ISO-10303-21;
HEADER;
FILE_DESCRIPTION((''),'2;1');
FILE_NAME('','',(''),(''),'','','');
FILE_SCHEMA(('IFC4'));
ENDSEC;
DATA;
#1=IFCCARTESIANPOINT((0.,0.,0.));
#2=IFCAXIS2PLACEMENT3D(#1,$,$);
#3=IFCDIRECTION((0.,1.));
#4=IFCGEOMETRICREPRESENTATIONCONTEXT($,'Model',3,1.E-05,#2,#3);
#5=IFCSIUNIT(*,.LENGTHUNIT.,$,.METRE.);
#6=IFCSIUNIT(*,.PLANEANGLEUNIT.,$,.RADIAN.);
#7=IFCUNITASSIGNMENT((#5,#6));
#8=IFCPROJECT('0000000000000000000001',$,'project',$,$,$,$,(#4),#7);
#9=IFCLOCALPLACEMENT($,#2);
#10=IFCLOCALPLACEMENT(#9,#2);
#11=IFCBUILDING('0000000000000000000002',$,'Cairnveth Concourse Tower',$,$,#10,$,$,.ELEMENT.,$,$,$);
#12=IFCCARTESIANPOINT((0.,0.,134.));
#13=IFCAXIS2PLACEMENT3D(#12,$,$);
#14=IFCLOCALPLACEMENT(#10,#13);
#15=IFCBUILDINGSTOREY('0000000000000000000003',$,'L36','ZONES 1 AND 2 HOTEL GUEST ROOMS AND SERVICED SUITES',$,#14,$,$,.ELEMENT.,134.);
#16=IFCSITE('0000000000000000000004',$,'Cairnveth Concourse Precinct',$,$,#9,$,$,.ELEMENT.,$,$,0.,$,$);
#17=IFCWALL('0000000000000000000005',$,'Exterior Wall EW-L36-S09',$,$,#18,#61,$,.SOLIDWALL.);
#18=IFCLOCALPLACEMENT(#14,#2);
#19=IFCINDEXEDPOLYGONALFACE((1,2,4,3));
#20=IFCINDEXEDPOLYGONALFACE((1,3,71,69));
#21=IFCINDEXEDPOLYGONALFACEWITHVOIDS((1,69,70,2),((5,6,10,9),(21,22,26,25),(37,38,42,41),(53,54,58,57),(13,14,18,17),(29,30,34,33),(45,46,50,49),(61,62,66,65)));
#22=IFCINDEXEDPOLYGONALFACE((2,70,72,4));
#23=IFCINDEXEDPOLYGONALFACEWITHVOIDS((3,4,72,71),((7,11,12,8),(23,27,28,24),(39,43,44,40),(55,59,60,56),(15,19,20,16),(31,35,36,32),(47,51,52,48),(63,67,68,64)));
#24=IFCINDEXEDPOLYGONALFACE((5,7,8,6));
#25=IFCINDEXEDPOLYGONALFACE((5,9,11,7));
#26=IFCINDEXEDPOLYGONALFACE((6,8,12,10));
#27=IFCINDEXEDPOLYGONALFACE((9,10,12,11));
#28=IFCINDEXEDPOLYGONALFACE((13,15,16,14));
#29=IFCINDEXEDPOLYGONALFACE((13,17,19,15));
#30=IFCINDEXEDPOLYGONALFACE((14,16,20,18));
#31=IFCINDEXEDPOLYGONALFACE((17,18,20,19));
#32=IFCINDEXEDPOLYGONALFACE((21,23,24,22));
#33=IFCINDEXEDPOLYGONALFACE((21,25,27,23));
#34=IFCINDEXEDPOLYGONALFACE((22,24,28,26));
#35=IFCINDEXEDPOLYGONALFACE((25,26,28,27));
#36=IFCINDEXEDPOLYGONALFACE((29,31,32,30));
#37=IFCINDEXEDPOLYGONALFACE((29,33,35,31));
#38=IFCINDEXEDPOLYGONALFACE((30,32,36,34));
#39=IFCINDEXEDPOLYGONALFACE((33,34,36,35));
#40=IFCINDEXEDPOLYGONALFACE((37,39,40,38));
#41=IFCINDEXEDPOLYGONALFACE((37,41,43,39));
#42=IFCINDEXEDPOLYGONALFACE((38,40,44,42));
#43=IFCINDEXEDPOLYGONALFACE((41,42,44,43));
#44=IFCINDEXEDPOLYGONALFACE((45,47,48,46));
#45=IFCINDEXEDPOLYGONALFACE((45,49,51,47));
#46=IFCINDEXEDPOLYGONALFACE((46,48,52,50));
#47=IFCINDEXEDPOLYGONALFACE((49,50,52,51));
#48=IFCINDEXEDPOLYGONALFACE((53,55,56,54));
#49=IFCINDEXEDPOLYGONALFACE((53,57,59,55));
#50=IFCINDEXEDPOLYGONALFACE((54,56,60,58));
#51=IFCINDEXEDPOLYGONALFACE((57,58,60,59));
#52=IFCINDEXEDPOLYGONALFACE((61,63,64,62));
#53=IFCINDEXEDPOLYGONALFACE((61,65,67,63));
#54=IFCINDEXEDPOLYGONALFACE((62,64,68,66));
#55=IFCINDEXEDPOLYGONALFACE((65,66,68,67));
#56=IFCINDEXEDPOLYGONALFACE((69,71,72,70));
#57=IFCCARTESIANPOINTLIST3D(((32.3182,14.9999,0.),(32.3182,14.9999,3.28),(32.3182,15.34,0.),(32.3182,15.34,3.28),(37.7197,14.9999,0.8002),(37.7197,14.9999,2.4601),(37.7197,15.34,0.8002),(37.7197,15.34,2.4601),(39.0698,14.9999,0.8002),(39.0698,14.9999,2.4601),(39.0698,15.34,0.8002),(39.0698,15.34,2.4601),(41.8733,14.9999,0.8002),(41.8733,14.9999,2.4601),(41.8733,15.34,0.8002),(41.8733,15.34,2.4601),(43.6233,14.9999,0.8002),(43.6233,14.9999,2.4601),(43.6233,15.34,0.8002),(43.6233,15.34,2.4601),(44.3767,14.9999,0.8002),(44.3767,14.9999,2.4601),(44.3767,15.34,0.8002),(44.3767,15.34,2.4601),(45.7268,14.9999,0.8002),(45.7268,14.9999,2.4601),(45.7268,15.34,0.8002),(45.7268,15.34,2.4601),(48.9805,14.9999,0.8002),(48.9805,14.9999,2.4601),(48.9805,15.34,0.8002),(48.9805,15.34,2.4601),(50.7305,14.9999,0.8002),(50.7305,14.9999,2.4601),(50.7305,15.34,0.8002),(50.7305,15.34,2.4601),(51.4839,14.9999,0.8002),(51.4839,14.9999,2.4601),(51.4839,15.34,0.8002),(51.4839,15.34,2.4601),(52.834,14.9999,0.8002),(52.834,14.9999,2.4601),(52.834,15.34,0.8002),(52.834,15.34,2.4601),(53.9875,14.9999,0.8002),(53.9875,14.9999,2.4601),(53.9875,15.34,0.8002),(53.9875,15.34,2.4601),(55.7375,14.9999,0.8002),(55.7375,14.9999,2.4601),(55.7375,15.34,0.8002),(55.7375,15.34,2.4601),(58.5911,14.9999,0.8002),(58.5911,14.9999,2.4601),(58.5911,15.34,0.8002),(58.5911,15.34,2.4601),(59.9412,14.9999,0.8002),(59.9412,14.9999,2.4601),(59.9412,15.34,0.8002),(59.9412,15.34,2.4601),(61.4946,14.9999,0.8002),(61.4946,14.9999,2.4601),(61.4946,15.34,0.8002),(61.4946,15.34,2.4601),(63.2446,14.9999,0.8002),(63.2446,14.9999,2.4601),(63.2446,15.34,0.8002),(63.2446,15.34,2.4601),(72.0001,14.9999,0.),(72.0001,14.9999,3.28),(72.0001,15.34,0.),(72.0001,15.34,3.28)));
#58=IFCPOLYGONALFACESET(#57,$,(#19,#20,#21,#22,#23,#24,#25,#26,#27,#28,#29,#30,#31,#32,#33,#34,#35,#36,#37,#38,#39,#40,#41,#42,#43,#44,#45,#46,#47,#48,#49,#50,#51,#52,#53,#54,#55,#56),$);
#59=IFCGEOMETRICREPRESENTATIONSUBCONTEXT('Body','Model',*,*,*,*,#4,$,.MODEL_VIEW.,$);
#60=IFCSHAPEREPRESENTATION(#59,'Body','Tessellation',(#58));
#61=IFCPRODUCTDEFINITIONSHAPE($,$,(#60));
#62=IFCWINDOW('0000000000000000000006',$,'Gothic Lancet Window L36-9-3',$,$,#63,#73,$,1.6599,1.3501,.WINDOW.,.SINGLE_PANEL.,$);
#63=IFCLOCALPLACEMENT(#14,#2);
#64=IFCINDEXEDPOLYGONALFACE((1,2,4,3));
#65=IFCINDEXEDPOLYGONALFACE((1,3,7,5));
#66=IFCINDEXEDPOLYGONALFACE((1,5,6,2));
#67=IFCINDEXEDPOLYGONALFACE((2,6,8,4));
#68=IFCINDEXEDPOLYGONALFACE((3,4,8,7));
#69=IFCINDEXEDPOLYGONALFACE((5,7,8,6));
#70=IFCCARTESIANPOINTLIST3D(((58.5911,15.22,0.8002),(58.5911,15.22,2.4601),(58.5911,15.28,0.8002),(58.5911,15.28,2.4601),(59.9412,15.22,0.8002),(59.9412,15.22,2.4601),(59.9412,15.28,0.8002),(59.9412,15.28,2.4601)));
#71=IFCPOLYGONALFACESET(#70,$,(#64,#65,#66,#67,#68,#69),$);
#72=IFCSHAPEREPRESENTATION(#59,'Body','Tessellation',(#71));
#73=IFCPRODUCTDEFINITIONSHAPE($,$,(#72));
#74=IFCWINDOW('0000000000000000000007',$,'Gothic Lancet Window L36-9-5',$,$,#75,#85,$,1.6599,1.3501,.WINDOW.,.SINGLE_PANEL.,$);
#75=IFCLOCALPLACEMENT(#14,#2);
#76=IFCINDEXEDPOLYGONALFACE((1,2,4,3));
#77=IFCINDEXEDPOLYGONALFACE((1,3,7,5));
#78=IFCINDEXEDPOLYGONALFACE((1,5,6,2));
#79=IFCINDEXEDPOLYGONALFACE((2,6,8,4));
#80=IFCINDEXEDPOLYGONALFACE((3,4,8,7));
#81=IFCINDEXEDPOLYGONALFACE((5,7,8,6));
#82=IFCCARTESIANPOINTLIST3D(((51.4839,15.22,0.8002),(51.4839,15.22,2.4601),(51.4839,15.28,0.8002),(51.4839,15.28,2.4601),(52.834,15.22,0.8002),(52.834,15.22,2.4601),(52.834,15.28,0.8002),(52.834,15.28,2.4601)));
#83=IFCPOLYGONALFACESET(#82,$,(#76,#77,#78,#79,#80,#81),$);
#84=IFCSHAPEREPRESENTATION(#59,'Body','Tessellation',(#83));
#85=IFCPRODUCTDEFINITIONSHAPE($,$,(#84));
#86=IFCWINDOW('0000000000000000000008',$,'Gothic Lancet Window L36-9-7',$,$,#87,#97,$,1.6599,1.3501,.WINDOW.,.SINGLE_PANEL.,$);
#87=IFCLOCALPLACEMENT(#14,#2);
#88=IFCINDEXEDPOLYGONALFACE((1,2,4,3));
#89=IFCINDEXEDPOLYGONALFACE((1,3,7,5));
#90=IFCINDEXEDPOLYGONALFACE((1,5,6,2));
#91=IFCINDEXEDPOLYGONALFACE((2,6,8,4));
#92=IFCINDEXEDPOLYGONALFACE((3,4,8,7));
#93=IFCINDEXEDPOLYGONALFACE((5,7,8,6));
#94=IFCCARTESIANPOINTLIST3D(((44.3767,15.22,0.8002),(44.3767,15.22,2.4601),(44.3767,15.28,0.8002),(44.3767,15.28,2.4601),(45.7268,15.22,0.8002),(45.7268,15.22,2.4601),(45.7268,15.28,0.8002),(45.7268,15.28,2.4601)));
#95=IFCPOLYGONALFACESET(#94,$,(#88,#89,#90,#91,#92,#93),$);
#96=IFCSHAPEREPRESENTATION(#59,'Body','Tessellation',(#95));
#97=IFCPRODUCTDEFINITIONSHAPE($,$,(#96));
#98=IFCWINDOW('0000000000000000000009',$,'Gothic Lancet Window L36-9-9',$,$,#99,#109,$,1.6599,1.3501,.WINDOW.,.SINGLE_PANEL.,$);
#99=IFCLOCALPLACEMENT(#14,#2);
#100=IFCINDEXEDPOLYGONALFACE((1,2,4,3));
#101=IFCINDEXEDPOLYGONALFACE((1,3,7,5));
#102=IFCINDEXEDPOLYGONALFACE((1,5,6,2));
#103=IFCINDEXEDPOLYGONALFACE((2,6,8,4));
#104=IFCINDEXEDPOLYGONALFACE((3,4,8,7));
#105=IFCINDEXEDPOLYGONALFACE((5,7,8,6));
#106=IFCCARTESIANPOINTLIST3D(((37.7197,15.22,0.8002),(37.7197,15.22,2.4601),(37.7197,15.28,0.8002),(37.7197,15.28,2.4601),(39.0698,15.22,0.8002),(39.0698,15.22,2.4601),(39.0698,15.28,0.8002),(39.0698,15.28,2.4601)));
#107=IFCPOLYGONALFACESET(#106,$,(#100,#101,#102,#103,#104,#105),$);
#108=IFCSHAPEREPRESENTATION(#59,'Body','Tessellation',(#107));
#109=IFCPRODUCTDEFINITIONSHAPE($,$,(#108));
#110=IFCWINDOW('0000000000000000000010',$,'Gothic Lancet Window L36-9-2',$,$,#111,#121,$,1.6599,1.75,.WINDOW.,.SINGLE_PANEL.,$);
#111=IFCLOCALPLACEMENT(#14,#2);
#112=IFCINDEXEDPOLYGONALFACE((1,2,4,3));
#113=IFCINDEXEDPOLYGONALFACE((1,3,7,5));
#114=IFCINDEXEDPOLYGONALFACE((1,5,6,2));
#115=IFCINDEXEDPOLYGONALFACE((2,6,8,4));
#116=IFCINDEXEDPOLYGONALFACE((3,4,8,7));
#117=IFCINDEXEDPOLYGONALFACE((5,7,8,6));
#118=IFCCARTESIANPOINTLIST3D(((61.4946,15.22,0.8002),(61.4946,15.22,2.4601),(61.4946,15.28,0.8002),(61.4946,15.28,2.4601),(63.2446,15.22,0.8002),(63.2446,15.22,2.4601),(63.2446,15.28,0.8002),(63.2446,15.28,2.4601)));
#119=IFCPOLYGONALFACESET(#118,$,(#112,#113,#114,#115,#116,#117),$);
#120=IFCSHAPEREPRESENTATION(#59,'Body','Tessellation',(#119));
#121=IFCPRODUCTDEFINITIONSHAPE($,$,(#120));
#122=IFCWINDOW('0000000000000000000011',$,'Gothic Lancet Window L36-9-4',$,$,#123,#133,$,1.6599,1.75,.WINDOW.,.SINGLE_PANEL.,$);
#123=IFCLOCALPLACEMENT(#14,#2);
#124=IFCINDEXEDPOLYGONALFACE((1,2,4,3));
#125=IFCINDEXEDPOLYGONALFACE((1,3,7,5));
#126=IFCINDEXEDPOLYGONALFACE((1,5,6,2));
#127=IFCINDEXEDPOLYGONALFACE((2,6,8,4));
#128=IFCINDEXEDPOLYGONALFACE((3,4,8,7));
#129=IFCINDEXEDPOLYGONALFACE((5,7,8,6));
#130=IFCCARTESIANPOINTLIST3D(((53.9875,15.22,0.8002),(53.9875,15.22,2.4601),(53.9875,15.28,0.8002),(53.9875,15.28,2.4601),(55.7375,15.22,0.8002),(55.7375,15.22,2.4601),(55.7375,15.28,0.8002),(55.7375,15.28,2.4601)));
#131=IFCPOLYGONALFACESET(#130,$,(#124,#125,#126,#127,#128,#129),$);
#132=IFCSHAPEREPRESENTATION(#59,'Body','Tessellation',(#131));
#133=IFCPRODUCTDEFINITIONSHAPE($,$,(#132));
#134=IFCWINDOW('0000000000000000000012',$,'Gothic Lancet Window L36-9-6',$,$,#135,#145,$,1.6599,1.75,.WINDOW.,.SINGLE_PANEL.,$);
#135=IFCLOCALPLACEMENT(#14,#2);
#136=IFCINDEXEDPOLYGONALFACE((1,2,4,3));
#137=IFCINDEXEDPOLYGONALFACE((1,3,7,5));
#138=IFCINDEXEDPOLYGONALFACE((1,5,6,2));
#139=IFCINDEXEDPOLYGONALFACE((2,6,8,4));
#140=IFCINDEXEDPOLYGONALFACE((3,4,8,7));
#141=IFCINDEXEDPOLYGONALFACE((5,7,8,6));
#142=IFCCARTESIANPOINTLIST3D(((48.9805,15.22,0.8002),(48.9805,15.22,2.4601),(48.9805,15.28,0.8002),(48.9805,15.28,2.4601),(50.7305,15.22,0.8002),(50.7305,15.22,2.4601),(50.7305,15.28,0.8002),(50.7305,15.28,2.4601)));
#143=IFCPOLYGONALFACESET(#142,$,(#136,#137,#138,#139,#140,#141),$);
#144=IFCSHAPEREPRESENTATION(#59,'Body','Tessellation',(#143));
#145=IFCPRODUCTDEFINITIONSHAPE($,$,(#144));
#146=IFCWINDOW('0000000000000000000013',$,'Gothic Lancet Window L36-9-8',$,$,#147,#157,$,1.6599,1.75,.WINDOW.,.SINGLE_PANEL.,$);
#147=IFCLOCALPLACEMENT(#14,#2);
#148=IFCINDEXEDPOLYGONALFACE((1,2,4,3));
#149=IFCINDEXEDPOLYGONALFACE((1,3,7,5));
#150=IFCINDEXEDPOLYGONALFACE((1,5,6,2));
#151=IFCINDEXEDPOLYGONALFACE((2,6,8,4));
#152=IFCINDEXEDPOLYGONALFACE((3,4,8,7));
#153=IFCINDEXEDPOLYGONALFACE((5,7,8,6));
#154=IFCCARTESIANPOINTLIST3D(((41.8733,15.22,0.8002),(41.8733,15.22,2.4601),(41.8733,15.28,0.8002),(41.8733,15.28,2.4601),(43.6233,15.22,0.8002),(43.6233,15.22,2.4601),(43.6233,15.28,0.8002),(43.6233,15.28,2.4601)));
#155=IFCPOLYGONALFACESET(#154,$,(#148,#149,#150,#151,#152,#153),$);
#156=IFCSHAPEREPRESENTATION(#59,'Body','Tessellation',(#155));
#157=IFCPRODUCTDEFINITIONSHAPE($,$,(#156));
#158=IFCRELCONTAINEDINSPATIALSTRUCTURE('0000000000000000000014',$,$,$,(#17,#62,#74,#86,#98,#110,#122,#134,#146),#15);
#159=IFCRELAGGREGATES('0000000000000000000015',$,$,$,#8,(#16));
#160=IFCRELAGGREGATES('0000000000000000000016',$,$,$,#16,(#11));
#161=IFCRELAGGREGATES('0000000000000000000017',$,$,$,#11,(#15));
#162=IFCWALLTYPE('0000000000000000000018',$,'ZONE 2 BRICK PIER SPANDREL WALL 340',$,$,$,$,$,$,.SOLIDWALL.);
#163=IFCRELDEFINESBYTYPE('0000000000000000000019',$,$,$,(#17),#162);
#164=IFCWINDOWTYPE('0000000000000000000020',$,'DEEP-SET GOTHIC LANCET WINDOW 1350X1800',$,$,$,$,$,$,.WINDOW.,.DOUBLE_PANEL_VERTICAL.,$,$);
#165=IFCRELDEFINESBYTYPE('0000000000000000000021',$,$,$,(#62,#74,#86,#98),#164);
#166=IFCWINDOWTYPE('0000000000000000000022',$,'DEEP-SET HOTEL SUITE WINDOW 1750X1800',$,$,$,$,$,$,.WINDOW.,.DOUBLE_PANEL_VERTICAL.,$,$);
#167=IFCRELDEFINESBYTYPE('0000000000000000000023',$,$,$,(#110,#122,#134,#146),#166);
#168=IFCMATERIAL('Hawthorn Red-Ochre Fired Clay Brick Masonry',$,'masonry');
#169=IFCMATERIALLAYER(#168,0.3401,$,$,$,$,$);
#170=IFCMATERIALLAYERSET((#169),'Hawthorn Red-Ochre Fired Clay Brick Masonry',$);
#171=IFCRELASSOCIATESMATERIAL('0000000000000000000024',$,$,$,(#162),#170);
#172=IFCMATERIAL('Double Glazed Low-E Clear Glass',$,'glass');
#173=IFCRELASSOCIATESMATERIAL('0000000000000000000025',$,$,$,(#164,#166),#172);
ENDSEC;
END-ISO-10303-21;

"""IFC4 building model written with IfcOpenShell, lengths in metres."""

from ifc_helpers import new_model, si_unit, direction, frame, frame_2d, origin, place, context, subcontext, project, spatial, rectangle, extrude, material, layer, layer_set, type_object, element, fill, save


model = new_model("IFC4")

# Units and contexts
model_context = context("Model", 3, precision=1e-05, world=origin(), true_north=direction((0.0, 1.0)))
body_context = subcontext(model_context, "Body", "Model", "MODEL_VIEW")
ifc_project = project(units=[si_unit("LENGTHUNIT", "METRE"), si_unit("PLANEANGLEUNIT", "RADIAN")], contexts=[model_context])

# Site, building, storey
site_placement = place(None, origin())
site = spatial("IfcSite", under=ifc_project, at=site_placement, Name="Cairnveth Concourse Precinct", CompositionType="ELEMENT", RefElevation=0.0)
building_placement = place(site_placement, origin())
building = spatial("IfcBuilding", under=site, at=building_placement, Name="Cairnveth Concourse Tower", CompositionType="ELEMENT")
storey_placement = place(building_placement, frame((0.0, 0.0, 134.0)))
storey = spatial("IfcBuildingStorey", under=building, at=storey_placement, Name="L36", Description="ZONES 1 AND 2 HOTEL GUEST ROOMS AND SERVICED SUITES", CompositionType="ELEMENT", Elevation=134.0)

# Shared definitions
ifc_material_1 = material(Name="Hawthorn Red-Ochre Fired Clay Brick Masonry", Category="masonry")
ifc_layer_1 = layer(ifc_material_1, 0.3401)
ifc_layer_set_1 = layer_set([ifc_layer_1], Name="Hawthorn Red-Ochre Fired Clay Brick Masonry")
wall_type_1 = type_object("IfcWallType", Name="ZONE 2 BRICK PIER SPANDREL WALL 340", PredefinedType="SOLIDWALL", material=ifc_layer_set_1)

# Wall, openings, windows
wall_1_placement = place(storey_placement, frame((72.0, 15.1699, 0.0), z_axis=(0.0, 0.0, 1.0), x_axis=(-1.0, 0.0, 0.0)))
wall_1 = element("IfcWall", 1, at=wall_1_placement, inside=storey, type_object=wall_type_1, Name="Exterior Wall EW-L36-S09", PredefinedType="SOLIDWALL", context=body_context, shape_type="SweptSolid", body=[
    extrude(rectangle(XDim=39.6819, YDim=0.3401, at=frame_2d((19.8408, 0.0))), origin(), (0.0, 0.0, 1.0), 3.28),
])
opening_1_placement = place(wall_1_placement, frame((8.7554, 0.0, 0.8)))
opening_1 = element("IfcOpeningElement", 2, at=opening_1_placement, cuts=wall_1, PredefinedType="OPENING", context=body_context, shape_type="SweptSolid", body=[
    extrude(rectangle(XDim=1.75, YDim=1.6599, at=frame_2d((0.875, 0.8301))), frame((0.0, 0.1799, 0.0), z_axis=(0.0, -1.0, 0.0), x_axis=(1.0, 0.0, 0.0)), (0.0, 0.0, 1.0), 0.3601),
])
opening_2_placement = place(wall_1_placement, frame((12.0588, 0.0, 0.8)))
opening_2 = element("IfcOpeningElement", 3, at=opening_2_placement, cuts=wall_1, PredefinedType="OPENING", context=body_context, shape_type="SweptSolid", body=[
    extrude(rectangle(XDim=1.3501, YDim=1.6599, at=frame_2d((0.675, 0.8301))), frame((0.0, 0.1799, 0.0), z_axis=(0.0, -1.0, 0.0), x_axis=(1.0, 0.0, 0.0)), (0.0, 0.0, 1.0), 0.3601),
])
opening_3_placement = place(wall_1_placement, frame((16.2625, 0.0, 0.8)))
opening_3 = element("IfcOpeningElement", 4, at=opening_3_placement, cuts=wall_1, PredefinedType="OPENING", context=body_context, shape_type="SweptSolid", body=[
    extrude(rectangle(XDim=1.75, YDim=1.6599, at=frame_2d((0.875, 0.8301))), frame((0.0, 0.1799, 0.0), z_axis=(0.0, -1.0, 0.0), x_axis=(1.0, 0.0, 0.0)), (0.0, 0.0, 1.0), 0.3601),
])
opening_4_placement = place(wall_1_placement, frame((19.166, 0.0, 0.8)))
opening_4 = element("IfcOpeningElement", 5, at=opening_4_placement, cuts=wall_1, PredefinedType="OPENING", context=body_context, shape_type="SweptSolid", body=[
    extrude(rectangle(XDim=1.3501, YDim=1.6599, at=frame_2d((0.675, 0.8301))), frame((0.0, 0.1799, 0.0), z_axis=(0.0, -1.0, 0.0), x_axis=(1.0, 0.0, 0.0)), (0.0, 0.0, 1.0), 0.3601),
])
opening_5_placement = place(wall_1_placement, frame((21.2695, 0.0, 0.8)))
opening_5 = element("IfcOpeningElement", 6, at=opening_5_placement, cuts=wall_1, PredefinedType="OPENING", context=body_context, shape_type="SweptSolid", body=[
    extrude(rectangle(XDim=1.75, YDim=1.6599, at=frame_2d((0.875, 0.8301))), frame((0.0, 0.1799, 0.0), z_axis=(0.0, -1.0, 0.0), x_axis=(1.0, 0.0, 0.0)), (0.0, 0.0, 1.0), 0.3601),
])
opening_6_placement = place(wall_1_placement, frame((26.2732, 0.0, 0.8)))
opening_6 = element("IfcOpeningElement", 7, at=opening_6_placement, cuts=wall_1, PredefinedType="OPENING", context=body_context, shape_type="SweptSolid", body=[
    extrude(rectangle(XDim=1.3501, YDim=1.6599, at=frame_2d((0.675, 0.8301))), frame((0.0, 0.1799, 0.0), z_axis=(0.0, -1.0, 0.0), x_axis=(1.0, 0.0, 0.0)), (0.0, 0.0, 1.0), 0.3601),
])
opening_7_placement = place(wall_1_placement, frame((28.3767, 0.0, 0.8)))
opening_7 = element("IfcOpeningElement", 8, at=opening_7_placement, cuts=wall_1, PredefinedType="OPENING", context=body_context, shape_type="SweptSolid", body=[
    extrude(rectangle(XDim=1.75, YDim=1.6599, at=frame_2d((0.875, 0.8301))), frame((0.0, 0.1799, 0.0), z_axis=(0.0, -1.0, 0.0), x_axis=(1.0, 0.0, 0.0)), (0.0, 0.0, 1.0), 0.3601),
])
opening_8_placement = place(wall_1_placement, frame((32.9302, 0.0, 0.8)))
opening_8 = element("IfcOpeningElement", 9, at=opening_8_placement, cuts=wall_1, PredefinedType="OPENING", context=body_context, shape_type="SweptSolid", body=[
    extrude(rectangle(XDim=1.3501, YDim=1.6599, at=frame_2d((0.675, 0.8301))), frame((0.0, 0.1799, 0.0), z_axis=(0.0, -1.0, 0.0), x_axis=(1.0, 0.0, 0.0)), (0.0, 0.0, 1.0), 0.3601),
])
ifc_material_2 = material(Name="Double Glazed Low-E Clear Glass", Category="glass")
window_type_1 = type_object("IfcWindowType", Name="DEEP-SET GOTHIC LANCET WINDOW 1350X1800", PartitioningType="DOUBLE_PANEL_VERTICAL", PredefinedType="WINDOW", material=ifc_material_2)
window_1_placement = place(opening_2_placement, origin())
window_1 = element("IfcWindow", 10, at=window_1_placement, inside=storey, type_object=window_type_1, Name="Gothic Lancet Window L36-9-3", OverallHeight=1.6599, OverallWidth=1.3501, PartitioningType="SINGLE_PANEL", PredefinedType="WINDOW", context=body_context, shape_type="SweptSolid", body=[
    extrude(rectangle(XDim=1.3501, YDim=1.6599, at=frame_2d((0.675, 0.8301))), frame((0.0, -0.05, 0.0), z_axis=(0.0, -1.0, 0.0), x_axis=(1.0, 0.0, 0.0)), (0.0, 0.0, 1.0), 0.0601),
])
fill(opening_2, window_1)
window_2_placement = place(opening_4_placement, origin())
window_2 = element("IfcWindow", 11, at=window_2_placement, inside=storey, type_object=window_type_1, Name="Gothic Lancet Window L36-9-5", OverallHeight=1.6599, OverallWidth=1.3501, PartitioningType="SINGLE_PANEL", PredefinedType="WINDOW", context=body_context, shape_type="SweptSolid", body=[
    extrude(rectangle(XDim=1.3501, YDim=1.6599, at=frame_2d((0.675, 0.8301))), frame((0.0, -0.05, 0.0), z_axis=(0.0, -1.0, 0.0), x_axis=(1.0, 0.0, 0.0)), (0.0, 0.0, 1.0), 0.0601),
])
fill(opening_4, window_2)
window_3_placement = place(opening_6_placement, origin())
window_3 = element("IfcWindow", 12, at=window_3_placement, inside=storey, type_object=window_type_1, Name="Gothic Lancet Window L36-9-7", OverallHeight=1.6599, OverallWidth=1.3501, PartitioningType="SINGLE_PANEL", PredefinedType="WINDOW", context=body_context, shape_type="SweptSolid", body=[
    extrude(rectangle(XDim=1.3501, YDim=1.6599, at=frame_2d((0.675, 0.8301))), frame((0.0, -0.05, 0.0), z_axis=(0.0, -1.0, 0.0), x_axis=(1.0, 0.0, 0.0)), (0.0, 0.0, 1.0), 0.0601),
])
fill(opening_6, window_3)
window_4_placement = place(opening_8_placement, origin())
window_4 = element("IfcWindow", 13, at=window_4_placement, inside=storey, type_object=window_type_1, Name="Gothic Lancet Window L36-9-9", OverallHeight=1.6599, OverallWidth=1.3501, PartitioningType="SINGLE_PANEL", PredefinedType="WINDOW", context=body_context, shape_type="SweptSolid", body=[
    extrude(rectangle(XDim=1.3501, YDim=1.6599, at=frame_2d((0.675, 0.8301))), frame((0.0, -0.05, 0.0), z_axis=(0.0, -1.0, 0.0), x_axis=(1.0, 0.0, 0.0)), (0.0, 0.0, 1.0), 0.0601),
])
fill(opening_8, window_4)
window_type_2 = type_object("IfcWindowType", Name="DEEP-SET HOTEL SUITE WINDOW 1750X1800", PartitioningType="DOUBLE_PANEL_VERTICAL", PredefinedType="WINDOW", material=ifc_material_2)
window_5_placement = place(opening_1_placement, origin())
window_5 = element("IfcWindow", 14, at=window_5_placement, inside=storey, type_object=window_type_2, Name="Gothic Lancet Window L36-9-2", OverallHeight=1.6599, OverallWidth=1.75, PartitioningType="SINGLE_PANEL", PredefinedType="WINDOW", context=body_context, shape_type="SweptSolid", body=[
    extrude(rectangle(XDim=1.75, YDim=1.6599, at=frame_2d((0.875, 0.8301))), frame((0.0, -0.05, 0.0), z_axis=(0.0, -1.0, 0.0), x_axis=(1.0, 0.0, 0.0)), (0.0, 0.0, 1.0), 0.0601),
])
fill(opening_1, window_5)
window_6_placement = place(opening_3_placement, origin())
window_6 = element("IfcWindow", 15, at=window_6_placement, inside=storey, type_object=window_type_2, Name="Gothic Lancet Window L36-9-4", OverallHeight=1.6599, OverallWidth=1.75, PartitioningType="SINGLE_PANEL", PredefinedType="WINDOW", context=body_context, shape_type="SweptSolid", body=[
    extrude(rectangle(XDim=1.75, YDim=1.6599, at=frame_2d((0.875, 0.8301))), frame((0.0, -0.05, 0.0), z_axis=(0.0, -1.0, 0.0), x_axis=(1.0, 0.0, 0.0)), (0.0, 0.0, 1.0), 0.0601),
])
fill(opening_3, window_6)
window_7_placement = place(opening_5_placement, origin())
window_7 = element("IfcWindow", 16, at=window_7_placement, inside=storey, type_object=window_type_2, Name="Gothic Lancet Window L36-9-6", OverallHeight=1.6599, OverallWidth=1.75, PartitioningType="SINGLE_PANEL", PredefinedType="WINDOW", context=body_context, shape_type="SweptSolid", body=[
    extrude(rectangle(XDim=1.75, YDim=1.6599, at=frame_2d((0.875, 0.8301))), frame((0.0, -0.05, 0.0), z_axis=(0.0, -1.0, 0.0), x_axis=(1.0, 0.0, 0.0)), (0.0, 0.0, 1.0), 0.0601),
])
fill(opening_5, window_7)
window_8_placement = place(opening_7_placement, origin())
window_8 = element("IfcWindow", 17, at=window_8_placement, inside=storey, type_object=window_type_2, Name="Gothic Lancet Window L36-9-8", OverallHeight=1.6599, OverallWidth=1.75, PartitioningType="SINGLE_PANEL", PredefinedType="WINDOW", context=body_context, shape_type="SweptSolid", body=[
    extrude(rectangle(XDim=1.75, YDim=1.6599, at=frame_2d((0.875, 0.8301))), frame((0.0, -0.05, 0.0), z_axis=(0.0, -1.0, 0.0), x_axis=(1.0, 0.0, 0.0)), (0.0, 0.0, 1.0), 0.0601),
])
fill(opening_7, window_8)

save(model, "model.ifc")
